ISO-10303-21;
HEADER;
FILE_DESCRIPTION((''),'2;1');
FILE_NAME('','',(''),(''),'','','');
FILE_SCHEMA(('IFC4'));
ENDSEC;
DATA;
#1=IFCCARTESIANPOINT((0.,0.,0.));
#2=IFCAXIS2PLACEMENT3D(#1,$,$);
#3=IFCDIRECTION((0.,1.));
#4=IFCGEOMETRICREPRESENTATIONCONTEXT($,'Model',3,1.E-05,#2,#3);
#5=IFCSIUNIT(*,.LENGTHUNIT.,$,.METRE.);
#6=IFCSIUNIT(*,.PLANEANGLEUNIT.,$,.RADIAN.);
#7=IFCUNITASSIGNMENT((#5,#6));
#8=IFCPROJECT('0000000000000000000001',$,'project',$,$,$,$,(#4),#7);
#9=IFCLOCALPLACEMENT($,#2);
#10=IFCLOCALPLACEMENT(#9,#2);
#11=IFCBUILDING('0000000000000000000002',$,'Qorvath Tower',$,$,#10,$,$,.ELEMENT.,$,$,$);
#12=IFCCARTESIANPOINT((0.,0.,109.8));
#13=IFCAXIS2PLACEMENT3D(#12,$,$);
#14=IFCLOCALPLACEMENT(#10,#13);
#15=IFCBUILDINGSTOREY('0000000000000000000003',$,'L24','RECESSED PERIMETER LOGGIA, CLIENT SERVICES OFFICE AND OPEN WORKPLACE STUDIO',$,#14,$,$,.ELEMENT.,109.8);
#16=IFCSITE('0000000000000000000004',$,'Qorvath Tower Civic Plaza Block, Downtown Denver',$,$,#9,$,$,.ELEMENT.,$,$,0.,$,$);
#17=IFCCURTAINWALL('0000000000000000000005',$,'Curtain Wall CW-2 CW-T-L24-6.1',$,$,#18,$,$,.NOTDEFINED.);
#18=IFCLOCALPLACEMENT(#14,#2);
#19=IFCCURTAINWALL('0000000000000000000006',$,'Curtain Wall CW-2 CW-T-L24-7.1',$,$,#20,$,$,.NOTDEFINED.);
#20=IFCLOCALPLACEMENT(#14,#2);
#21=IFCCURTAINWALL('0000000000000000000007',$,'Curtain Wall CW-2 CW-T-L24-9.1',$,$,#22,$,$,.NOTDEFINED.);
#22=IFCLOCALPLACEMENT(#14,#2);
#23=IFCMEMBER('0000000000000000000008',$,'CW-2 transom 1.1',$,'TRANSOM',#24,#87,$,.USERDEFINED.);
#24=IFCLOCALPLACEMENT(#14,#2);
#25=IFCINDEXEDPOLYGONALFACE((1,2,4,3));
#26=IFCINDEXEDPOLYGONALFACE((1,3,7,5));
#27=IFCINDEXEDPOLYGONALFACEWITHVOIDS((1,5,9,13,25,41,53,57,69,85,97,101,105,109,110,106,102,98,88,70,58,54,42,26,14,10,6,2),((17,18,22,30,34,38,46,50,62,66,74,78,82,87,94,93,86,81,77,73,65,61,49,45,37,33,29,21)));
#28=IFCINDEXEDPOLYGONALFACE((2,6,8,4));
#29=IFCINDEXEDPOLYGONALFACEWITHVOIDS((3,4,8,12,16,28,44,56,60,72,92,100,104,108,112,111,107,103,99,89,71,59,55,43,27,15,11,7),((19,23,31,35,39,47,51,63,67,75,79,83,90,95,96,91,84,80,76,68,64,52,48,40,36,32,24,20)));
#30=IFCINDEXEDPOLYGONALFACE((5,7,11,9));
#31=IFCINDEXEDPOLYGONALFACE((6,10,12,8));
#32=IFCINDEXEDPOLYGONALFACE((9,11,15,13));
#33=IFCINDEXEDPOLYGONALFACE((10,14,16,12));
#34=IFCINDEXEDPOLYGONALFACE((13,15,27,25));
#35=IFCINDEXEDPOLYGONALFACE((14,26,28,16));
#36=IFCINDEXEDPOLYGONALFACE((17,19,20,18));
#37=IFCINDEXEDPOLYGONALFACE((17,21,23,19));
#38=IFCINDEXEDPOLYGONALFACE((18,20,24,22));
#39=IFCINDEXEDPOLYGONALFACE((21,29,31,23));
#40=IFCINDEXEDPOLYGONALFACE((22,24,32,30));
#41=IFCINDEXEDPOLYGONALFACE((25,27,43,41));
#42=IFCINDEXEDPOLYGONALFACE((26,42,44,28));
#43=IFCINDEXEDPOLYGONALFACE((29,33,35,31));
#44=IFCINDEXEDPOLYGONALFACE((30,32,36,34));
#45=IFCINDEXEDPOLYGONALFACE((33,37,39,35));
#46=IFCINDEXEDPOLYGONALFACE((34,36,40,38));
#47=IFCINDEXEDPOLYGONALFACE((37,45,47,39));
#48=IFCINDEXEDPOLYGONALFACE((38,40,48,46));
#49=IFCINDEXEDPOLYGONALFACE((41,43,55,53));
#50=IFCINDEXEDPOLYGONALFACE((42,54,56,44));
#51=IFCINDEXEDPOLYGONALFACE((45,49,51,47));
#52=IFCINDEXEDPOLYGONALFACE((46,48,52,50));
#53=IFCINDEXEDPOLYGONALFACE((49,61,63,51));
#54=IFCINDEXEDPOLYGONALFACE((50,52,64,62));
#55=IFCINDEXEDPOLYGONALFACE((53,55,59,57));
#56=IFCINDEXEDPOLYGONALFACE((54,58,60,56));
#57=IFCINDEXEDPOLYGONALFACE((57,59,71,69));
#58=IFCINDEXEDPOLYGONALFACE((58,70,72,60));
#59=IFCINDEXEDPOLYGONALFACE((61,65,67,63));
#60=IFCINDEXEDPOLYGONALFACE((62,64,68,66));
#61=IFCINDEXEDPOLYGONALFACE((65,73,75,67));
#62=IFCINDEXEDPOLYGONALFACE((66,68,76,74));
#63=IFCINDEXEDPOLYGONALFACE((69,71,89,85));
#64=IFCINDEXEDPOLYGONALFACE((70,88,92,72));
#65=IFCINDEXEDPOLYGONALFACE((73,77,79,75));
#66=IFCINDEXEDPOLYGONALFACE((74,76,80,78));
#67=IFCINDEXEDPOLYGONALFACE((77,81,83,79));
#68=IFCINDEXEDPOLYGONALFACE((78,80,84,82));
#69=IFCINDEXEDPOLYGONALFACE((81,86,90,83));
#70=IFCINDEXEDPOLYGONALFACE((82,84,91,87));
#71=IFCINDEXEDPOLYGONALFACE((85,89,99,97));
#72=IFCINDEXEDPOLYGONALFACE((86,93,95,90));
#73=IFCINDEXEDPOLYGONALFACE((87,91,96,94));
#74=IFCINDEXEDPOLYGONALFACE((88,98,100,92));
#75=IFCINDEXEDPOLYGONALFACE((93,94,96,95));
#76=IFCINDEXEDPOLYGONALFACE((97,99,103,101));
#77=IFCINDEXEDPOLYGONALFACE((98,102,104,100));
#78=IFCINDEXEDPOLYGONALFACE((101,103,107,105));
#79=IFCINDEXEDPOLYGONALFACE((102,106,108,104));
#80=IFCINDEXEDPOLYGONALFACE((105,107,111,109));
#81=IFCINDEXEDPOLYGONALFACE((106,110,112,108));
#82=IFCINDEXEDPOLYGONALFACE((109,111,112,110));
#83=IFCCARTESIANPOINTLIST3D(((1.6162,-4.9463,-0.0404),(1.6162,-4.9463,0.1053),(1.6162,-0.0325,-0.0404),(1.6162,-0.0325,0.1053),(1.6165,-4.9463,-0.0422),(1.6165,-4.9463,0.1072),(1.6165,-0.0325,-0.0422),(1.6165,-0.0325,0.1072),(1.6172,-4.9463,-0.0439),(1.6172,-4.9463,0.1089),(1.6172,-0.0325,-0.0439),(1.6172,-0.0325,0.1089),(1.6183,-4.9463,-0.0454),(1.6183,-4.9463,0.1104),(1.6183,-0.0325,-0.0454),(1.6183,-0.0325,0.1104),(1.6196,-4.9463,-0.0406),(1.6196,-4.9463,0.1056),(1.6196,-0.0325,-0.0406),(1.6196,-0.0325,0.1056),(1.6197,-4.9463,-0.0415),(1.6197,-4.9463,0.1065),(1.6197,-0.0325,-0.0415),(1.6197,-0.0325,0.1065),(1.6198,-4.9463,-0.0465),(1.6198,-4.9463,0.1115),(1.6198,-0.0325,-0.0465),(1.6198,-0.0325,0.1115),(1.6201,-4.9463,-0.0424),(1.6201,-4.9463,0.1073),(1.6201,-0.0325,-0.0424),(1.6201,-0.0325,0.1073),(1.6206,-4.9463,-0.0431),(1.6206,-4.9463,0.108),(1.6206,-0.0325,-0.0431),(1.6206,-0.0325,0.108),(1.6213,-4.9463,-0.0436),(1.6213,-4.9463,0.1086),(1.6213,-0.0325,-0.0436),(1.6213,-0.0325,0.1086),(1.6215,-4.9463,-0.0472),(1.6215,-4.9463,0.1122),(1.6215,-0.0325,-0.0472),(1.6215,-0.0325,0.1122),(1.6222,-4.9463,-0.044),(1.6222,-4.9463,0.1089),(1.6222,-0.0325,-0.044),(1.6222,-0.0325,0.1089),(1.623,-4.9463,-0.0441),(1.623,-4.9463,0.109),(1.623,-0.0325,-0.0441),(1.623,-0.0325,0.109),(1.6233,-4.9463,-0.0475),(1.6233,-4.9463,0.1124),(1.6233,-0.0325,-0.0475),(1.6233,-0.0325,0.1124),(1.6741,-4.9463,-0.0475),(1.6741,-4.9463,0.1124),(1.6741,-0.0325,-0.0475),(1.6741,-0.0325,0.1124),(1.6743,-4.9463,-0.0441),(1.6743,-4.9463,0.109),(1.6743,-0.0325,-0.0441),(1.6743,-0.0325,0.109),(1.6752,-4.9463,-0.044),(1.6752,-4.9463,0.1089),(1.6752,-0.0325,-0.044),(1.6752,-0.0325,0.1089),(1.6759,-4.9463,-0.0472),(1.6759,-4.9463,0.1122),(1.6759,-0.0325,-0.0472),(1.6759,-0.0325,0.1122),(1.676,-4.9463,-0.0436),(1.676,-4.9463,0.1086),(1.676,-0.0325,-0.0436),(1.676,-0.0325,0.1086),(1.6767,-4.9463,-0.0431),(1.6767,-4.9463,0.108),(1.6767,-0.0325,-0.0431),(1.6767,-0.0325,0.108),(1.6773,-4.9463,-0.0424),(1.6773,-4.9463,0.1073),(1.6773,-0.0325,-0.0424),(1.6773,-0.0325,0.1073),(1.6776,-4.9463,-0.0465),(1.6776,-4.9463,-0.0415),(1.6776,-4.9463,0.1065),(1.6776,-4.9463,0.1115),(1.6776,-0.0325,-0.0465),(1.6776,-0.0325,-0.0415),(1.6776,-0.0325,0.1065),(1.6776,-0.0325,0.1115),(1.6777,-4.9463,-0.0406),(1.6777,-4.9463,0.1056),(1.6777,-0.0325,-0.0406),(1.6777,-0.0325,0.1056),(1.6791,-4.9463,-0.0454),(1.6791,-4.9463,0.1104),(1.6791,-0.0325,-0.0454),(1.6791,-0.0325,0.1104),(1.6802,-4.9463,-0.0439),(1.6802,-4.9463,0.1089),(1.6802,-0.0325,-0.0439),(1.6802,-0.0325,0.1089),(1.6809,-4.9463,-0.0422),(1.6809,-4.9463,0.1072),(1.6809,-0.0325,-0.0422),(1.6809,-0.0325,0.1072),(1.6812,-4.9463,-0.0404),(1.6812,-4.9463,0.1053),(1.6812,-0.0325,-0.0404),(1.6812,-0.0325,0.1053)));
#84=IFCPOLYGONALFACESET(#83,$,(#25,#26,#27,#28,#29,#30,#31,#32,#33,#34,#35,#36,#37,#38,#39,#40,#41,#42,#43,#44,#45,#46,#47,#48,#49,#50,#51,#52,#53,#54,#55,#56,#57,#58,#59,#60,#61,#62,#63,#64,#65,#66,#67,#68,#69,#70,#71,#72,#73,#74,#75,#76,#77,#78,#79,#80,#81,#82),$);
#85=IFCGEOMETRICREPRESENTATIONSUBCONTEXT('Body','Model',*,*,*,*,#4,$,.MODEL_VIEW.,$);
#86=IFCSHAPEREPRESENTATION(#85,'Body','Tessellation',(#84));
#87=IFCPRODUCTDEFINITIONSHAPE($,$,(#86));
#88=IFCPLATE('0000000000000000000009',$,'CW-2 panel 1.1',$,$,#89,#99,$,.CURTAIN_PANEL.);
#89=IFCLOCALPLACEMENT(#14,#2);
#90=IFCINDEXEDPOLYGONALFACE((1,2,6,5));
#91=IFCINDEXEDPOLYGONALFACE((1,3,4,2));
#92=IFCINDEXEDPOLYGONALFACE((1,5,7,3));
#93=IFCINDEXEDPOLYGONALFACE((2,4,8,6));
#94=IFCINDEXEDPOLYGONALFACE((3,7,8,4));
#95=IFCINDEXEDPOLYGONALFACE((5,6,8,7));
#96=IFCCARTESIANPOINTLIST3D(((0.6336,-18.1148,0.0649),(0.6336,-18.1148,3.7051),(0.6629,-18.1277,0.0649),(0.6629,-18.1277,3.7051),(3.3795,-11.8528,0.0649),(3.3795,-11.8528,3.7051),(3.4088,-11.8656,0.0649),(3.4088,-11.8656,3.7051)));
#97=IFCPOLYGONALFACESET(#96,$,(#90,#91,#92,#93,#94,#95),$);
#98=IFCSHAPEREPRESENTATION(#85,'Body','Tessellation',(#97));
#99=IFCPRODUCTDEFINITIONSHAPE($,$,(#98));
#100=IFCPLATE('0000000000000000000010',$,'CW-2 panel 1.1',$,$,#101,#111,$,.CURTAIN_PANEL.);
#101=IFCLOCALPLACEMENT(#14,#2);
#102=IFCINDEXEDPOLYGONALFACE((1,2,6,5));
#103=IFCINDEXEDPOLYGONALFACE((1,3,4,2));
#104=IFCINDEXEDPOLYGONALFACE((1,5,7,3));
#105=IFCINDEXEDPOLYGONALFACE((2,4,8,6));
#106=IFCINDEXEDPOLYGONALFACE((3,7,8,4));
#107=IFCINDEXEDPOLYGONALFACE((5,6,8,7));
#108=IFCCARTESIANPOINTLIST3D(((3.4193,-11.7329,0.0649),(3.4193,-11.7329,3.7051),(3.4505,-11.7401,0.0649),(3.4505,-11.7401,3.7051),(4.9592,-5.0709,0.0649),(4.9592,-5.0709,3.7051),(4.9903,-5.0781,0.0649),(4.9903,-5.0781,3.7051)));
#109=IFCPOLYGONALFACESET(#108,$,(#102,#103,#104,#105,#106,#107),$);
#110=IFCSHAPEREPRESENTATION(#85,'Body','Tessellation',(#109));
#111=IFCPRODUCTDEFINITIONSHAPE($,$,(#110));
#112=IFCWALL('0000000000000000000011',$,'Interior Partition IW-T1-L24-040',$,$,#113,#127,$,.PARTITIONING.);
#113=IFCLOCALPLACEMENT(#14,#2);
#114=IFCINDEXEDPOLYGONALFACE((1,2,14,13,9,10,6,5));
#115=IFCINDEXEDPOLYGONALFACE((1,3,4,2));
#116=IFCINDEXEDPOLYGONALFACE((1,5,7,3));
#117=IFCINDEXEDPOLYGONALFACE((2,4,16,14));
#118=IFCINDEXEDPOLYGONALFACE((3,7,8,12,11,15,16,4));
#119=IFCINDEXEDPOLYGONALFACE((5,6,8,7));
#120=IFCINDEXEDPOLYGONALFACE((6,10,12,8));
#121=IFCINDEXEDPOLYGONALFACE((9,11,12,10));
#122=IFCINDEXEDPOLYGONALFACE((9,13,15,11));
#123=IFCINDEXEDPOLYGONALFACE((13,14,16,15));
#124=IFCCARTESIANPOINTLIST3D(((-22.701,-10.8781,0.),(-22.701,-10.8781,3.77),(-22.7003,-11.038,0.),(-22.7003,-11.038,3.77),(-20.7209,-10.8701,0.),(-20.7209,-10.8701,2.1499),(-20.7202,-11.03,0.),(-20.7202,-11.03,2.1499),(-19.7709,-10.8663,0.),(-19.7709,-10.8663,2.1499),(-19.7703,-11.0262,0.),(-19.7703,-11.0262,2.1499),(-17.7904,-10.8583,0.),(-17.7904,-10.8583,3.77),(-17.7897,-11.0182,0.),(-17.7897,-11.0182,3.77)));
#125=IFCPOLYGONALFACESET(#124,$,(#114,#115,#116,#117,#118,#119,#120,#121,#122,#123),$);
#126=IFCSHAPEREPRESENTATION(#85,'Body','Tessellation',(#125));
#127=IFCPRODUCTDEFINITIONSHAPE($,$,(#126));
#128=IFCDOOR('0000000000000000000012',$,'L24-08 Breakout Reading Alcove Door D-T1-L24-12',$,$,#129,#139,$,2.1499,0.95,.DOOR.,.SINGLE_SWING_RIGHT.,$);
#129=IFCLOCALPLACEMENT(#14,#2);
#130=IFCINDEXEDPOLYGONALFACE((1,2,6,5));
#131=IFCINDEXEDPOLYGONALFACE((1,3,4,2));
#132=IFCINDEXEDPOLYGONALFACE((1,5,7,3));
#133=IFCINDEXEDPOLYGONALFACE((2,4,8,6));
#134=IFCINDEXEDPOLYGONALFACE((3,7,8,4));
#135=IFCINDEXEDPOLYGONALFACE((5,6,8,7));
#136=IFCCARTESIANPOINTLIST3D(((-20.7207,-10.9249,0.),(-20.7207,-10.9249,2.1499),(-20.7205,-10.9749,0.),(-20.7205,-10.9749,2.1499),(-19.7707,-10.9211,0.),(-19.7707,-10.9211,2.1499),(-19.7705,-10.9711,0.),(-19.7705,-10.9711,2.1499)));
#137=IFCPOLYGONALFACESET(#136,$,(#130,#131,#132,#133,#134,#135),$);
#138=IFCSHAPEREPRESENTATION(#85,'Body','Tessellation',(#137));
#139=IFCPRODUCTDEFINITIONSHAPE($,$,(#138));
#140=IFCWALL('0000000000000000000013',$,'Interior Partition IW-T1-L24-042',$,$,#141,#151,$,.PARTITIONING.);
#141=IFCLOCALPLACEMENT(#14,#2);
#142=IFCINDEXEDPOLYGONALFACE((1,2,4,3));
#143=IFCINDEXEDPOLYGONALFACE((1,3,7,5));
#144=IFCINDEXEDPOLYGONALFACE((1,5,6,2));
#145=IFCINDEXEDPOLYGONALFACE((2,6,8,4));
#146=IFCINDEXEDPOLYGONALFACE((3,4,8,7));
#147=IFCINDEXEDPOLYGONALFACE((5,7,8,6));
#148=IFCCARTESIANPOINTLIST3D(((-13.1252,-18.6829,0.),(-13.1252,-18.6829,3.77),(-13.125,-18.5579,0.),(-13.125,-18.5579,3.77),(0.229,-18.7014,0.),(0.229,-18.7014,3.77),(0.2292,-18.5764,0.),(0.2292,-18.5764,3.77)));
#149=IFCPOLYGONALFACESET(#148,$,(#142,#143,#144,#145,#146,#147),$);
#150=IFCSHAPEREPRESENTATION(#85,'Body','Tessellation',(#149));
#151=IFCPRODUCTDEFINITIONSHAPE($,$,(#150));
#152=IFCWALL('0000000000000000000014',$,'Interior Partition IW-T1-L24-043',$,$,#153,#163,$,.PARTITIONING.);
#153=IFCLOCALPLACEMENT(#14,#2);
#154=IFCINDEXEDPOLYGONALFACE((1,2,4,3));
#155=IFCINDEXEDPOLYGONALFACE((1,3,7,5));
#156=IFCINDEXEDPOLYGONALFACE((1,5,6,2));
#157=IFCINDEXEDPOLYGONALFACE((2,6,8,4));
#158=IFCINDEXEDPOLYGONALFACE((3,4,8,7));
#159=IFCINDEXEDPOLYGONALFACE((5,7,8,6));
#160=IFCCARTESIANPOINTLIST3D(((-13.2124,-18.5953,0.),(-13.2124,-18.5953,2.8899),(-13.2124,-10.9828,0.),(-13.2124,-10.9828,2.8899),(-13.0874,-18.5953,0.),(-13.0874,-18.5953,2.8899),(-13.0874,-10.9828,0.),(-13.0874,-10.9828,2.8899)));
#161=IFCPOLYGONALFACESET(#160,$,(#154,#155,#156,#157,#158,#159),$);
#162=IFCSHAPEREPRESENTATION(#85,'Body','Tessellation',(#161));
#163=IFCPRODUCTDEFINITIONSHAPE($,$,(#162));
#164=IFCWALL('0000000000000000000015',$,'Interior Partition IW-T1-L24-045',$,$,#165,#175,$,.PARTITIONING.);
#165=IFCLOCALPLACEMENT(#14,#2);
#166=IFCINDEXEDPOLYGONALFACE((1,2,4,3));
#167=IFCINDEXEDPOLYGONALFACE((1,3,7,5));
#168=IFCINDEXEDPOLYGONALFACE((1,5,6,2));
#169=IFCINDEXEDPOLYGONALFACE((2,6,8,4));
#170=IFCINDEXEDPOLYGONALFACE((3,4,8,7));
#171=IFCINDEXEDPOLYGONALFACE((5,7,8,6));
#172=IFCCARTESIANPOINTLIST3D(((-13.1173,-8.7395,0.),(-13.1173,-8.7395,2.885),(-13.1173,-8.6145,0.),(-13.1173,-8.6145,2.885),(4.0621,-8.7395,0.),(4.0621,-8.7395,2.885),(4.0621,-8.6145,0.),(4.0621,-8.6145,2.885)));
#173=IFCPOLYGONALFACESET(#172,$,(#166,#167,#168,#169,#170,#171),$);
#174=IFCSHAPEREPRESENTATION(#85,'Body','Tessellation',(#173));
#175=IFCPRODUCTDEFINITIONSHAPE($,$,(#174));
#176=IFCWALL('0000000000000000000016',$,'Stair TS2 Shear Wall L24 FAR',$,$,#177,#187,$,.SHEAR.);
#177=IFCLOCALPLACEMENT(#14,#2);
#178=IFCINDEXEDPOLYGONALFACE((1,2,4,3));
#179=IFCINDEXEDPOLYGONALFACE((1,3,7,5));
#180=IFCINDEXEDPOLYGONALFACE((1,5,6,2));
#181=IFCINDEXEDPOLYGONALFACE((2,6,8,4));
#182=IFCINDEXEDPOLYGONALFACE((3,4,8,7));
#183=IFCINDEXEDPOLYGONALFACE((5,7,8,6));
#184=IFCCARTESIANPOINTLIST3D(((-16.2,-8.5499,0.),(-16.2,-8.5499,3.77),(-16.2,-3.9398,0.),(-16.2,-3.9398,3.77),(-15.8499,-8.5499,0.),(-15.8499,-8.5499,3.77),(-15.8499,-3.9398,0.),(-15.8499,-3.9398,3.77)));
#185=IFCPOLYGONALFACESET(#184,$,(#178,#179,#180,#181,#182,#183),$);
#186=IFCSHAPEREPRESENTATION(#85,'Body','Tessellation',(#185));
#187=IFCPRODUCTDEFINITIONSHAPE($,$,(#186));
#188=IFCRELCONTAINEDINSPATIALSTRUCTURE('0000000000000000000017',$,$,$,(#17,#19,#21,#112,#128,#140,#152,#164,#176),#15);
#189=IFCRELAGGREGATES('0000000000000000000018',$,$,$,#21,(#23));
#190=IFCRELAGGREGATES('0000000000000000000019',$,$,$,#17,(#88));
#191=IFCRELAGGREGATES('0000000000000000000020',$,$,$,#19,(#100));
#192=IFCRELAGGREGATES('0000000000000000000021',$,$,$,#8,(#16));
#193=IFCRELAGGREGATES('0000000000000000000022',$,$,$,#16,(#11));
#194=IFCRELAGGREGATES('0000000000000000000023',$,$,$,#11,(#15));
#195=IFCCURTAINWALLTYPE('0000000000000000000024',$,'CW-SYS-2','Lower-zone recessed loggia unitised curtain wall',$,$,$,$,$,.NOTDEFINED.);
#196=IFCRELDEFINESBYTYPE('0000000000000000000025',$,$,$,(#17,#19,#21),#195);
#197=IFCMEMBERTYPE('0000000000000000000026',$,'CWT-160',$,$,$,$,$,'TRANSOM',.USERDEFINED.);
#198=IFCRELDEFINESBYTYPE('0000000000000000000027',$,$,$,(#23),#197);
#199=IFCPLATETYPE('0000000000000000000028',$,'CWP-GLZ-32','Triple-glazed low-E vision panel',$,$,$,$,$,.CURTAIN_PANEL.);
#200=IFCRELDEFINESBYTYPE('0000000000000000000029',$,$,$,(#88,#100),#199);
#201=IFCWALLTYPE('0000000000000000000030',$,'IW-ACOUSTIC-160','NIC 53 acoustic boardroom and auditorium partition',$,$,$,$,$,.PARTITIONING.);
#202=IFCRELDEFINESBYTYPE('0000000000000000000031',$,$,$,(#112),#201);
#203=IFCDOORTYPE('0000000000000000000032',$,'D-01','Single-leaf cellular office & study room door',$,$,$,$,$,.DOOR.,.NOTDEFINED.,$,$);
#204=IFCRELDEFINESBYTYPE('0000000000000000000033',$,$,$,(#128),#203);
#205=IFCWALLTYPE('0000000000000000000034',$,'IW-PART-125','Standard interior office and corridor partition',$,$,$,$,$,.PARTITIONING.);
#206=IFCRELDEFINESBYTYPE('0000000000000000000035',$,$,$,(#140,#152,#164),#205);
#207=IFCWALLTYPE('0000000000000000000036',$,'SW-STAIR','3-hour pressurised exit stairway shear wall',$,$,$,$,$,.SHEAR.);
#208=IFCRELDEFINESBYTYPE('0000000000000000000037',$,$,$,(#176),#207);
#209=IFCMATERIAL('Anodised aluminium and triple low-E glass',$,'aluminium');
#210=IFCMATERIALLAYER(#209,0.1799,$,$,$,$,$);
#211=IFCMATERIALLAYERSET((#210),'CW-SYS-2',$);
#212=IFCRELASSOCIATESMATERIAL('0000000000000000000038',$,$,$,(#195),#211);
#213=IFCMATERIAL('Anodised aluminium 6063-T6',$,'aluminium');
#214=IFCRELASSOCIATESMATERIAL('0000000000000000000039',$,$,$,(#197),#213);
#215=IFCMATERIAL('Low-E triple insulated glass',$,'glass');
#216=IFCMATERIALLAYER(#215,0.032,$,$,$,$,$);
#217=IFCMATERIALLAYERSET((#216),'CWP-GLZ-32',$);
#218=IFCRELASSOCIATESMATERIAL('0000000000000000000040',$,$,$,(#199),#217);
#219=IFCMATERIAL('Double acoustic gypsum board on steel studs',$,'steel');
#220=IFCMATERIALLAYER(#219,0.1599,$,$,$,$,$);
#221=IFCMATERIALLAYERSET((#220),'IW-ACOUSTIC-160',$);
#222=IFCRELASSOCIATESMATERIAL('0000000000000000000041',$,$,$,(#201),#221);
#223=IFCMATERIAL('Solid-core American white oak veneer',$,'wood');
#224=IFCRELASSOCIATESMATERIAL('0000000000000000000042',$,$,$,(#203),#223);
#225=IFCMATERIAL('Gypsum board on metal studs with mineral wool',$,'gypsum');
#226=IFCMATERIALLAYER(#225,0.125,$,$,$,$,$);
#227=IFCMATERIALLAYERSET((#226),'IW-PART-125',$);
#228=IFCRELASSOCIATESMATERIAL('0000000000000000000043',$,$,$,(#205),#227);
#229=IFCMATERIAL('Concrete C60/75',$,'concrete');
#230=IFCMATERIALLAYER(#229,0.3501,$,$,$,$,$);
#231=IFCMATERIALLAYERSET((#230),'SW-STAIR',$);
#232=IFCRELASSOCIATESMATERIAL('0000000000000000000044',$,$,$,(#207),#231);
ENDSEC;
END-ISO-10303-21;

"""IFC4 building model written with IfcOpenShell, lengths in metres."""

from ifc_helpers import new_model, si_unit, direction, frame, frame_2d, origin, origin_2d, place, context, subcontext, project, spatial, rectangle, hollow_rectangle, extrude, material, layer, layer_set, material_profile, profile_set, type_object, element, fill, aggregate, save


model = new_model("IFC4")

# Units and contexts
model_context = context("Model", 3, precision=1e-05, world=origin(), true_north=direction((0.0, 1.0)))
body_context = subcontext(model_context, "Body", "Model", "MODEL_VIEW")
ifc_project = project(units=[si_unit("LENGTHUNIT", "METRE"), si_unit("PLANEANGLEUNIT", "RADIAN")], contexts=[model_context])

# Site, building, storey
site_placement = place(None, origin())
site = spatial("IfcSite", under=ifc_project, at=site_placement, Name="Qorvath Tower Civic Plaza Block, Downtown Denver", CompositionType="ELEMENT", RefElevation=0.0)
building_placement = place(site_placement, origin())
building = spatial("IfcBuilding", under=site, at=building_placement, Name="Qorvath Tower", CompositionType="ELEMENT")
storey_placement = place(building_placement, frame((0.0, 0.0, 109.8)))
storey = spatial("IfcBuildingStorey", under=building, at=storey_placement, Name="L24", Description="RECESSED PERIMETER LOGGIA, CLIENT SERVICES OFFICE AND OPEN WORKPLACE STUDIO", CompositionType="ELEMENT", Elevation=109.8)

# Shared definitions
ifc_material_1 = material(Name="Anodised aluminium and triple low-E glass", Category="aluminium")
ifc_layer_1 = layer(ifc_material_1, 0.1799)
ifc_layer_set_1 = layer_set([ifc_layer_1], Name="CW-SYS-2")
curtain_wall_type = type_object("IfcCurtainWallType", Name="CW-SYS-2", Description="Lower-zone recessed loggia unitised curtain wall", PredefinedType="NOTDEFINED", material=ifc_layer_set_1)

# Curtain walls
curtain_wall_1_placement = place(storey_placement, origin())
curtain_wall_1 = element("IfcCurtainWall", 1, at=curtain_wall_1_placement, inside=storey, type_object=curtain_wall_type, Name="Curtain Wall CW-2 CW-T-L24-6.1", PredefinedType="NOTDEFINED")
curtain_wall_2_placement = place(storey_placement, origin())
curtain_wall_2 = element("IfcCurtainWall", 2, at=curtain_wall_2_placement, inside=storey, type_object=curtain_wall_type, Name="Curtain Wall CW-2 CW-T-L24-7.1", PredefinedType="NOTDEFINED")

# Curtain wall
curtain_wall_3_placement = place(storey_placement, origin())
curtain_wall_3 = element("IfcCurtainWall", 3, at=curtain_wall_3_placement, inside=storey, type_object=curtain_wall_type, Name="Curtain Wall CW-2 CW-T-L24-9.1", PredefinedType="NOTDEFINED")

# Member
ifc_material_2 = material(Name="Anodised aluminium 6063-T6", Category="aluminium")
ifc_material_profile_1 = material_profile(ifc_material_2, hollow_rectangle(XDim=0.0649, YDim=0.1599, WallThickness=0.0034, InnerFilletRadius=0.0034, OuterFilletRadius=0.0071, at=origin_2d()), Name="CWT 160x65")
ifc_profile_set_1 = profile_set([ifc_material_profile_1], Name="Anodised aluminium 6063-T6")
member_type_1 = type_object("IfcMemberType", Name="CWT-160", ElementType="TRANSOM", PredefinedType="USERDEFINED", material=ifc_profile_set_1)
member_1_placement = place(storey_placement, frame((1.6487, -4.9463, 0.0325), z_axis=(0.0, 1.0, 0.0), x_axis=(-1.0, 0.0, 0.0)))
member_1 = element("IfcMember", 4, at=member_1_placement, type_object=member_type_1, Name="CW-2 transom 1.1", ObjectType="TRANSOM", PredefinedType="USERDEFINED", context=body_context, shape_type="SweptSolid", body=[
    extrude(hollow_rectangle(XDim=0.0649, YDim=0.1599, WallThickness=0.0034, InnerFilletRadius=0.0034, OuterFilletRadius=0.0071, at=origin_2d()), origin(), (0.0, 0.0, 1.0), 4.9138),
])
aggregate(curtain_wall_3, [member_1])

# Plates
ifc_material_3 = material(Name="Low-E triple insulated glass", Category="glass")
ifc_layer_2 = layer(ifc_material_3, 0.032)
ifc_layer_set_2 = layer_set([ifc_layer_2], Name="CWP-GLZ-32")
plate_type = type_object("IfcPlateType", Name="CWP-GLZ-32", Description="Triple-glazed low-E vision panel", PredefinedType="CURTAIN_PANEL", material=ifc_layer_set_2)
plate_1_placement = place(storey_placement, frame((2.0212, -14.9902, 0.0649), z_axis=(0.0, 0.0, 1.0), x_axis=(0.401586, 0.915821, 0.0)))
plate_1 = element("IfcPlate", 5, at=plate_1_placement, type_object=plate_type, Name="CW-2 panel 1.1", PredefinedType="CURTAIN_PANEL", context=body_context, shape_type="SweptSolid", body=[
    extrude(rectangle(XDim=6.8376, YDim=0.032, at=origin_2d()), origin(), (0.0, 0.0, 1.0), 3.6401),
])
aggregate(curtain_wall_1, [plate_1])
plate_2_placement = place(storey_placement, frame((4.2048, -8.4055, 0.0649), z_axis=(0.0, 0.0, 1.0), x_axis=(0.2252, 0.974313, 0.0)))
plate_2 = element("IfcPlate", 6, at=plate_2_placement, type_object=plate_type, Name="CW-2 panel 1.1", PredefinedType="CURTAIN_PANEL", context=body_context, shape_type="SweptSolid", body=[
    extrude(rectangle(XDim=6.8376, YDim=0.032, at=origin_2d()), origin(), (0.0, 0.0, 1.0), 3.6401),
])
aggregate(curtain_wall_2, [plate_2])

# Wall, opening, door
ifc_material_4 = material(Name="Double acoustic gypsum board on steel studs", Category="steel")
ifc_layer_3 = layer(ifc_material_4, 0.1599)
ifc_layer_set_3 = layer_set([ifc_layer_3], Name="IW-ACOUSTIC-160")
wall_type_1 = type_object("IfcWallType", Name="IW-ACOUSTIC-160", Description="NIC 53 acoustic boardroom and auditorium partition", PredefinedType="PARTITIONING", material=ifc_layer_set_3)
wall_1_placement = place(storey_placement, frame((-17.79, -10.9382, 0.0), z_axis=(0.0, 0.0, 1.0), x_axis=(-0.999992, -0.004027, 0.0)))
wall_1 = element("IfcWall", 7, at=wall_1_placement, inside=storey, type_object=wall_type_1, Name="Interior Partition IW-T1-L24-040", PredefinedType="PARTITIONING", context=body_context, shape_type="SweptSolid", body=[
    extrude(rectangle(XDim=4.9106, YDim=0.1599, at=frame_2d((2.4553, 0.0))), origin(), (0.0, 0.0, 1.0), 3.77),
])
opening_1_placement = place(wall_1_placement, frame((1.9805, 0.0, 0.0)))
opening_1 = element("IfcOpeningElement", 8, at=opening_1_placement, cuts=wall_1, PredefinedType="OPENING", context=body_context, shape_type="SweptSolid", body=[
    extrude(rectangle(XDim=0.95, YDim=2.1499, at=frame_2d((0.4751, 1.075))), frame((0.0, 0.0898, 0.0), z_axis=(0.0, -1.0, 0.0), x_axis=(1.0, 0.0, 0.0)), (0.0, 0.0, 1.0), 0.1799),
])
ifc_material_5 = material(Name="Solid-core American white oak veneer", Category="wood")
door_type = type_object("IfcDoorType", Name="D-01", Description="Single-leaf cellular office & study room door", OperationType="NOTDEFINED", PredefinedType="DOOR", material=ifc_material_5)
door_1_placement = place(opening_1_placement, origin())
door_1 = element("IfcDoor", 9, at=door_1_placement, inside=storey, type_object=door_type, Name="L24-08 Breakout Reading Alcove Door D-T1-L24-12", OperationType="SINGLE_SWING_RIGHT", OverallHeight=2.1499, OverallWidth=0.95, PredefinedType="DOOR", context=body_context, shape_type="SweptSolid", body=[
    extrude(rectangle(XDim=0.95, YDim=2.1499, at=frame_2d((0.4751, 1.075))), frame((0.0, 0.0249, 0.0), z_axis=(0.0, -1.0, 0.0), x_axis=(1.0, 0.0, 0.0)), (0.0, 0.0, 1.0), 0.05),
])
fill(opening_1, door_1)

# Walls
ifc_material_6 = material(Name="Gypsum board on metal studs with mineral wool", Category="gypsum")
ifc_layer_4 = layer(ifc_material_6, 0.125)
ifc_layer_set_4 = layer_set([ifc_layer_4], Name="IW-PART-125")
wall_type_2 = type_object("IfcWallType", Name="IW-PART-125", Description="Standard interior office and corridor partition", PredefinedType="PARTITIONING", material=ifc_layer_set_4)
wall_2_placement = place(storey_placement, frame((0.2292, -18.6389, 0.0), z_axis=(0.0, 0.0, 1.0), x_axis=(-0.999999, 0.001389, 0.0)))
element("IfcWall", 10, at=wall_2_placement, inside=storey, type_object=wall_type_2, Name="Interior Partition IW-T1-L24-042", PredefinedType="PARTITIONING", context=body_context, shape_type="SweptSolid", body=[
    extrude(rectangle(XDim=13.3542, YDim=0.125, at=frame_2d((6.6772, 0.0))), origin(), (0.0, 0.0, 1.0), 3.77),
])
wall_3_placement = place(storey_placement, frame((-13.1499, -10.9829, 0.0), z_axis=(0.0, 0.0, 1.0), x_axis=(0.0, -1.0, 0.0)))
element("IfcWall", 11, at=wall_3_placement, inside=storey, type_object=wall_type_2, Name="Interior Partition IW-T1-L24-043", PredefinedType="PARTITIONING", context=body_context, shape_type="SweptSolid", body=[
    extrude(rectangle(XDim=7.6125, YDim=0.125, at=frame_2d((3.8062, 0.0))), origin(), (0.0, 0.0, 1.0), 2.8899),
])

# Wall
wall_4_placement = place(storey_placement, frame((4.0623, -8.677, 0.0), z_axis=(0.0, 0.0, 1.0), x_axis=(-1.0, 0.0, 0.0)))
element("IfcWall", 12, at=wall_4_placement, inside=storey, type_object=wall_type_2, Name="Interior Partition IW-T1-L24-045", PredefinedType="PARTITIONING", context=body_context, shape_type="SweptSolid", body=[
    extrude(rectangle(XDim=17.1794, YDim=0.125, at=frame_2d((8.5898, 0.0))), origin(), (0.0, 0.0, 1.0), 2.885),
])

# Wall
ifc_material_7 = material(Name="Concrete C60/75", Category="concrete")
ifc_layer_5 = layer(ifc_material_7, 0.3501)
ifc_layer_set_5 = layer_set([ifc_layer_5], Name="SW-STAIR")
wall_type_3 = type_object("IfcWallType", Name="SW-STAIR", Description="3-hour pressurised exit stairway shear wall", PredefinedType="SHEAR", material=ifc_layer_set_5)
wall_5_placement = place(storey_placement, frame((-16.0249, -8.55, 0.0), z_axis=(0.0, 0.0, 1.0), x_axis=(0.0, 1.0, 0.0)))
element("IfcWall", 13, at=wall_5_placement, inside=storey, type_object=wall_type_3, Name="Stair TS2 Shear Wall L24 FAR", PredefinedType="SHEAR", context=body_context, shape_type="SweptSolid", body=[
    extrude(rectangle(XDim=4.6101, YDim=0.3501, at=frame_2d((2.3052, 0.0))), origin(), (0.0, 0.0, 1.0), 3.77),
])

save(model, "model.ifc")
